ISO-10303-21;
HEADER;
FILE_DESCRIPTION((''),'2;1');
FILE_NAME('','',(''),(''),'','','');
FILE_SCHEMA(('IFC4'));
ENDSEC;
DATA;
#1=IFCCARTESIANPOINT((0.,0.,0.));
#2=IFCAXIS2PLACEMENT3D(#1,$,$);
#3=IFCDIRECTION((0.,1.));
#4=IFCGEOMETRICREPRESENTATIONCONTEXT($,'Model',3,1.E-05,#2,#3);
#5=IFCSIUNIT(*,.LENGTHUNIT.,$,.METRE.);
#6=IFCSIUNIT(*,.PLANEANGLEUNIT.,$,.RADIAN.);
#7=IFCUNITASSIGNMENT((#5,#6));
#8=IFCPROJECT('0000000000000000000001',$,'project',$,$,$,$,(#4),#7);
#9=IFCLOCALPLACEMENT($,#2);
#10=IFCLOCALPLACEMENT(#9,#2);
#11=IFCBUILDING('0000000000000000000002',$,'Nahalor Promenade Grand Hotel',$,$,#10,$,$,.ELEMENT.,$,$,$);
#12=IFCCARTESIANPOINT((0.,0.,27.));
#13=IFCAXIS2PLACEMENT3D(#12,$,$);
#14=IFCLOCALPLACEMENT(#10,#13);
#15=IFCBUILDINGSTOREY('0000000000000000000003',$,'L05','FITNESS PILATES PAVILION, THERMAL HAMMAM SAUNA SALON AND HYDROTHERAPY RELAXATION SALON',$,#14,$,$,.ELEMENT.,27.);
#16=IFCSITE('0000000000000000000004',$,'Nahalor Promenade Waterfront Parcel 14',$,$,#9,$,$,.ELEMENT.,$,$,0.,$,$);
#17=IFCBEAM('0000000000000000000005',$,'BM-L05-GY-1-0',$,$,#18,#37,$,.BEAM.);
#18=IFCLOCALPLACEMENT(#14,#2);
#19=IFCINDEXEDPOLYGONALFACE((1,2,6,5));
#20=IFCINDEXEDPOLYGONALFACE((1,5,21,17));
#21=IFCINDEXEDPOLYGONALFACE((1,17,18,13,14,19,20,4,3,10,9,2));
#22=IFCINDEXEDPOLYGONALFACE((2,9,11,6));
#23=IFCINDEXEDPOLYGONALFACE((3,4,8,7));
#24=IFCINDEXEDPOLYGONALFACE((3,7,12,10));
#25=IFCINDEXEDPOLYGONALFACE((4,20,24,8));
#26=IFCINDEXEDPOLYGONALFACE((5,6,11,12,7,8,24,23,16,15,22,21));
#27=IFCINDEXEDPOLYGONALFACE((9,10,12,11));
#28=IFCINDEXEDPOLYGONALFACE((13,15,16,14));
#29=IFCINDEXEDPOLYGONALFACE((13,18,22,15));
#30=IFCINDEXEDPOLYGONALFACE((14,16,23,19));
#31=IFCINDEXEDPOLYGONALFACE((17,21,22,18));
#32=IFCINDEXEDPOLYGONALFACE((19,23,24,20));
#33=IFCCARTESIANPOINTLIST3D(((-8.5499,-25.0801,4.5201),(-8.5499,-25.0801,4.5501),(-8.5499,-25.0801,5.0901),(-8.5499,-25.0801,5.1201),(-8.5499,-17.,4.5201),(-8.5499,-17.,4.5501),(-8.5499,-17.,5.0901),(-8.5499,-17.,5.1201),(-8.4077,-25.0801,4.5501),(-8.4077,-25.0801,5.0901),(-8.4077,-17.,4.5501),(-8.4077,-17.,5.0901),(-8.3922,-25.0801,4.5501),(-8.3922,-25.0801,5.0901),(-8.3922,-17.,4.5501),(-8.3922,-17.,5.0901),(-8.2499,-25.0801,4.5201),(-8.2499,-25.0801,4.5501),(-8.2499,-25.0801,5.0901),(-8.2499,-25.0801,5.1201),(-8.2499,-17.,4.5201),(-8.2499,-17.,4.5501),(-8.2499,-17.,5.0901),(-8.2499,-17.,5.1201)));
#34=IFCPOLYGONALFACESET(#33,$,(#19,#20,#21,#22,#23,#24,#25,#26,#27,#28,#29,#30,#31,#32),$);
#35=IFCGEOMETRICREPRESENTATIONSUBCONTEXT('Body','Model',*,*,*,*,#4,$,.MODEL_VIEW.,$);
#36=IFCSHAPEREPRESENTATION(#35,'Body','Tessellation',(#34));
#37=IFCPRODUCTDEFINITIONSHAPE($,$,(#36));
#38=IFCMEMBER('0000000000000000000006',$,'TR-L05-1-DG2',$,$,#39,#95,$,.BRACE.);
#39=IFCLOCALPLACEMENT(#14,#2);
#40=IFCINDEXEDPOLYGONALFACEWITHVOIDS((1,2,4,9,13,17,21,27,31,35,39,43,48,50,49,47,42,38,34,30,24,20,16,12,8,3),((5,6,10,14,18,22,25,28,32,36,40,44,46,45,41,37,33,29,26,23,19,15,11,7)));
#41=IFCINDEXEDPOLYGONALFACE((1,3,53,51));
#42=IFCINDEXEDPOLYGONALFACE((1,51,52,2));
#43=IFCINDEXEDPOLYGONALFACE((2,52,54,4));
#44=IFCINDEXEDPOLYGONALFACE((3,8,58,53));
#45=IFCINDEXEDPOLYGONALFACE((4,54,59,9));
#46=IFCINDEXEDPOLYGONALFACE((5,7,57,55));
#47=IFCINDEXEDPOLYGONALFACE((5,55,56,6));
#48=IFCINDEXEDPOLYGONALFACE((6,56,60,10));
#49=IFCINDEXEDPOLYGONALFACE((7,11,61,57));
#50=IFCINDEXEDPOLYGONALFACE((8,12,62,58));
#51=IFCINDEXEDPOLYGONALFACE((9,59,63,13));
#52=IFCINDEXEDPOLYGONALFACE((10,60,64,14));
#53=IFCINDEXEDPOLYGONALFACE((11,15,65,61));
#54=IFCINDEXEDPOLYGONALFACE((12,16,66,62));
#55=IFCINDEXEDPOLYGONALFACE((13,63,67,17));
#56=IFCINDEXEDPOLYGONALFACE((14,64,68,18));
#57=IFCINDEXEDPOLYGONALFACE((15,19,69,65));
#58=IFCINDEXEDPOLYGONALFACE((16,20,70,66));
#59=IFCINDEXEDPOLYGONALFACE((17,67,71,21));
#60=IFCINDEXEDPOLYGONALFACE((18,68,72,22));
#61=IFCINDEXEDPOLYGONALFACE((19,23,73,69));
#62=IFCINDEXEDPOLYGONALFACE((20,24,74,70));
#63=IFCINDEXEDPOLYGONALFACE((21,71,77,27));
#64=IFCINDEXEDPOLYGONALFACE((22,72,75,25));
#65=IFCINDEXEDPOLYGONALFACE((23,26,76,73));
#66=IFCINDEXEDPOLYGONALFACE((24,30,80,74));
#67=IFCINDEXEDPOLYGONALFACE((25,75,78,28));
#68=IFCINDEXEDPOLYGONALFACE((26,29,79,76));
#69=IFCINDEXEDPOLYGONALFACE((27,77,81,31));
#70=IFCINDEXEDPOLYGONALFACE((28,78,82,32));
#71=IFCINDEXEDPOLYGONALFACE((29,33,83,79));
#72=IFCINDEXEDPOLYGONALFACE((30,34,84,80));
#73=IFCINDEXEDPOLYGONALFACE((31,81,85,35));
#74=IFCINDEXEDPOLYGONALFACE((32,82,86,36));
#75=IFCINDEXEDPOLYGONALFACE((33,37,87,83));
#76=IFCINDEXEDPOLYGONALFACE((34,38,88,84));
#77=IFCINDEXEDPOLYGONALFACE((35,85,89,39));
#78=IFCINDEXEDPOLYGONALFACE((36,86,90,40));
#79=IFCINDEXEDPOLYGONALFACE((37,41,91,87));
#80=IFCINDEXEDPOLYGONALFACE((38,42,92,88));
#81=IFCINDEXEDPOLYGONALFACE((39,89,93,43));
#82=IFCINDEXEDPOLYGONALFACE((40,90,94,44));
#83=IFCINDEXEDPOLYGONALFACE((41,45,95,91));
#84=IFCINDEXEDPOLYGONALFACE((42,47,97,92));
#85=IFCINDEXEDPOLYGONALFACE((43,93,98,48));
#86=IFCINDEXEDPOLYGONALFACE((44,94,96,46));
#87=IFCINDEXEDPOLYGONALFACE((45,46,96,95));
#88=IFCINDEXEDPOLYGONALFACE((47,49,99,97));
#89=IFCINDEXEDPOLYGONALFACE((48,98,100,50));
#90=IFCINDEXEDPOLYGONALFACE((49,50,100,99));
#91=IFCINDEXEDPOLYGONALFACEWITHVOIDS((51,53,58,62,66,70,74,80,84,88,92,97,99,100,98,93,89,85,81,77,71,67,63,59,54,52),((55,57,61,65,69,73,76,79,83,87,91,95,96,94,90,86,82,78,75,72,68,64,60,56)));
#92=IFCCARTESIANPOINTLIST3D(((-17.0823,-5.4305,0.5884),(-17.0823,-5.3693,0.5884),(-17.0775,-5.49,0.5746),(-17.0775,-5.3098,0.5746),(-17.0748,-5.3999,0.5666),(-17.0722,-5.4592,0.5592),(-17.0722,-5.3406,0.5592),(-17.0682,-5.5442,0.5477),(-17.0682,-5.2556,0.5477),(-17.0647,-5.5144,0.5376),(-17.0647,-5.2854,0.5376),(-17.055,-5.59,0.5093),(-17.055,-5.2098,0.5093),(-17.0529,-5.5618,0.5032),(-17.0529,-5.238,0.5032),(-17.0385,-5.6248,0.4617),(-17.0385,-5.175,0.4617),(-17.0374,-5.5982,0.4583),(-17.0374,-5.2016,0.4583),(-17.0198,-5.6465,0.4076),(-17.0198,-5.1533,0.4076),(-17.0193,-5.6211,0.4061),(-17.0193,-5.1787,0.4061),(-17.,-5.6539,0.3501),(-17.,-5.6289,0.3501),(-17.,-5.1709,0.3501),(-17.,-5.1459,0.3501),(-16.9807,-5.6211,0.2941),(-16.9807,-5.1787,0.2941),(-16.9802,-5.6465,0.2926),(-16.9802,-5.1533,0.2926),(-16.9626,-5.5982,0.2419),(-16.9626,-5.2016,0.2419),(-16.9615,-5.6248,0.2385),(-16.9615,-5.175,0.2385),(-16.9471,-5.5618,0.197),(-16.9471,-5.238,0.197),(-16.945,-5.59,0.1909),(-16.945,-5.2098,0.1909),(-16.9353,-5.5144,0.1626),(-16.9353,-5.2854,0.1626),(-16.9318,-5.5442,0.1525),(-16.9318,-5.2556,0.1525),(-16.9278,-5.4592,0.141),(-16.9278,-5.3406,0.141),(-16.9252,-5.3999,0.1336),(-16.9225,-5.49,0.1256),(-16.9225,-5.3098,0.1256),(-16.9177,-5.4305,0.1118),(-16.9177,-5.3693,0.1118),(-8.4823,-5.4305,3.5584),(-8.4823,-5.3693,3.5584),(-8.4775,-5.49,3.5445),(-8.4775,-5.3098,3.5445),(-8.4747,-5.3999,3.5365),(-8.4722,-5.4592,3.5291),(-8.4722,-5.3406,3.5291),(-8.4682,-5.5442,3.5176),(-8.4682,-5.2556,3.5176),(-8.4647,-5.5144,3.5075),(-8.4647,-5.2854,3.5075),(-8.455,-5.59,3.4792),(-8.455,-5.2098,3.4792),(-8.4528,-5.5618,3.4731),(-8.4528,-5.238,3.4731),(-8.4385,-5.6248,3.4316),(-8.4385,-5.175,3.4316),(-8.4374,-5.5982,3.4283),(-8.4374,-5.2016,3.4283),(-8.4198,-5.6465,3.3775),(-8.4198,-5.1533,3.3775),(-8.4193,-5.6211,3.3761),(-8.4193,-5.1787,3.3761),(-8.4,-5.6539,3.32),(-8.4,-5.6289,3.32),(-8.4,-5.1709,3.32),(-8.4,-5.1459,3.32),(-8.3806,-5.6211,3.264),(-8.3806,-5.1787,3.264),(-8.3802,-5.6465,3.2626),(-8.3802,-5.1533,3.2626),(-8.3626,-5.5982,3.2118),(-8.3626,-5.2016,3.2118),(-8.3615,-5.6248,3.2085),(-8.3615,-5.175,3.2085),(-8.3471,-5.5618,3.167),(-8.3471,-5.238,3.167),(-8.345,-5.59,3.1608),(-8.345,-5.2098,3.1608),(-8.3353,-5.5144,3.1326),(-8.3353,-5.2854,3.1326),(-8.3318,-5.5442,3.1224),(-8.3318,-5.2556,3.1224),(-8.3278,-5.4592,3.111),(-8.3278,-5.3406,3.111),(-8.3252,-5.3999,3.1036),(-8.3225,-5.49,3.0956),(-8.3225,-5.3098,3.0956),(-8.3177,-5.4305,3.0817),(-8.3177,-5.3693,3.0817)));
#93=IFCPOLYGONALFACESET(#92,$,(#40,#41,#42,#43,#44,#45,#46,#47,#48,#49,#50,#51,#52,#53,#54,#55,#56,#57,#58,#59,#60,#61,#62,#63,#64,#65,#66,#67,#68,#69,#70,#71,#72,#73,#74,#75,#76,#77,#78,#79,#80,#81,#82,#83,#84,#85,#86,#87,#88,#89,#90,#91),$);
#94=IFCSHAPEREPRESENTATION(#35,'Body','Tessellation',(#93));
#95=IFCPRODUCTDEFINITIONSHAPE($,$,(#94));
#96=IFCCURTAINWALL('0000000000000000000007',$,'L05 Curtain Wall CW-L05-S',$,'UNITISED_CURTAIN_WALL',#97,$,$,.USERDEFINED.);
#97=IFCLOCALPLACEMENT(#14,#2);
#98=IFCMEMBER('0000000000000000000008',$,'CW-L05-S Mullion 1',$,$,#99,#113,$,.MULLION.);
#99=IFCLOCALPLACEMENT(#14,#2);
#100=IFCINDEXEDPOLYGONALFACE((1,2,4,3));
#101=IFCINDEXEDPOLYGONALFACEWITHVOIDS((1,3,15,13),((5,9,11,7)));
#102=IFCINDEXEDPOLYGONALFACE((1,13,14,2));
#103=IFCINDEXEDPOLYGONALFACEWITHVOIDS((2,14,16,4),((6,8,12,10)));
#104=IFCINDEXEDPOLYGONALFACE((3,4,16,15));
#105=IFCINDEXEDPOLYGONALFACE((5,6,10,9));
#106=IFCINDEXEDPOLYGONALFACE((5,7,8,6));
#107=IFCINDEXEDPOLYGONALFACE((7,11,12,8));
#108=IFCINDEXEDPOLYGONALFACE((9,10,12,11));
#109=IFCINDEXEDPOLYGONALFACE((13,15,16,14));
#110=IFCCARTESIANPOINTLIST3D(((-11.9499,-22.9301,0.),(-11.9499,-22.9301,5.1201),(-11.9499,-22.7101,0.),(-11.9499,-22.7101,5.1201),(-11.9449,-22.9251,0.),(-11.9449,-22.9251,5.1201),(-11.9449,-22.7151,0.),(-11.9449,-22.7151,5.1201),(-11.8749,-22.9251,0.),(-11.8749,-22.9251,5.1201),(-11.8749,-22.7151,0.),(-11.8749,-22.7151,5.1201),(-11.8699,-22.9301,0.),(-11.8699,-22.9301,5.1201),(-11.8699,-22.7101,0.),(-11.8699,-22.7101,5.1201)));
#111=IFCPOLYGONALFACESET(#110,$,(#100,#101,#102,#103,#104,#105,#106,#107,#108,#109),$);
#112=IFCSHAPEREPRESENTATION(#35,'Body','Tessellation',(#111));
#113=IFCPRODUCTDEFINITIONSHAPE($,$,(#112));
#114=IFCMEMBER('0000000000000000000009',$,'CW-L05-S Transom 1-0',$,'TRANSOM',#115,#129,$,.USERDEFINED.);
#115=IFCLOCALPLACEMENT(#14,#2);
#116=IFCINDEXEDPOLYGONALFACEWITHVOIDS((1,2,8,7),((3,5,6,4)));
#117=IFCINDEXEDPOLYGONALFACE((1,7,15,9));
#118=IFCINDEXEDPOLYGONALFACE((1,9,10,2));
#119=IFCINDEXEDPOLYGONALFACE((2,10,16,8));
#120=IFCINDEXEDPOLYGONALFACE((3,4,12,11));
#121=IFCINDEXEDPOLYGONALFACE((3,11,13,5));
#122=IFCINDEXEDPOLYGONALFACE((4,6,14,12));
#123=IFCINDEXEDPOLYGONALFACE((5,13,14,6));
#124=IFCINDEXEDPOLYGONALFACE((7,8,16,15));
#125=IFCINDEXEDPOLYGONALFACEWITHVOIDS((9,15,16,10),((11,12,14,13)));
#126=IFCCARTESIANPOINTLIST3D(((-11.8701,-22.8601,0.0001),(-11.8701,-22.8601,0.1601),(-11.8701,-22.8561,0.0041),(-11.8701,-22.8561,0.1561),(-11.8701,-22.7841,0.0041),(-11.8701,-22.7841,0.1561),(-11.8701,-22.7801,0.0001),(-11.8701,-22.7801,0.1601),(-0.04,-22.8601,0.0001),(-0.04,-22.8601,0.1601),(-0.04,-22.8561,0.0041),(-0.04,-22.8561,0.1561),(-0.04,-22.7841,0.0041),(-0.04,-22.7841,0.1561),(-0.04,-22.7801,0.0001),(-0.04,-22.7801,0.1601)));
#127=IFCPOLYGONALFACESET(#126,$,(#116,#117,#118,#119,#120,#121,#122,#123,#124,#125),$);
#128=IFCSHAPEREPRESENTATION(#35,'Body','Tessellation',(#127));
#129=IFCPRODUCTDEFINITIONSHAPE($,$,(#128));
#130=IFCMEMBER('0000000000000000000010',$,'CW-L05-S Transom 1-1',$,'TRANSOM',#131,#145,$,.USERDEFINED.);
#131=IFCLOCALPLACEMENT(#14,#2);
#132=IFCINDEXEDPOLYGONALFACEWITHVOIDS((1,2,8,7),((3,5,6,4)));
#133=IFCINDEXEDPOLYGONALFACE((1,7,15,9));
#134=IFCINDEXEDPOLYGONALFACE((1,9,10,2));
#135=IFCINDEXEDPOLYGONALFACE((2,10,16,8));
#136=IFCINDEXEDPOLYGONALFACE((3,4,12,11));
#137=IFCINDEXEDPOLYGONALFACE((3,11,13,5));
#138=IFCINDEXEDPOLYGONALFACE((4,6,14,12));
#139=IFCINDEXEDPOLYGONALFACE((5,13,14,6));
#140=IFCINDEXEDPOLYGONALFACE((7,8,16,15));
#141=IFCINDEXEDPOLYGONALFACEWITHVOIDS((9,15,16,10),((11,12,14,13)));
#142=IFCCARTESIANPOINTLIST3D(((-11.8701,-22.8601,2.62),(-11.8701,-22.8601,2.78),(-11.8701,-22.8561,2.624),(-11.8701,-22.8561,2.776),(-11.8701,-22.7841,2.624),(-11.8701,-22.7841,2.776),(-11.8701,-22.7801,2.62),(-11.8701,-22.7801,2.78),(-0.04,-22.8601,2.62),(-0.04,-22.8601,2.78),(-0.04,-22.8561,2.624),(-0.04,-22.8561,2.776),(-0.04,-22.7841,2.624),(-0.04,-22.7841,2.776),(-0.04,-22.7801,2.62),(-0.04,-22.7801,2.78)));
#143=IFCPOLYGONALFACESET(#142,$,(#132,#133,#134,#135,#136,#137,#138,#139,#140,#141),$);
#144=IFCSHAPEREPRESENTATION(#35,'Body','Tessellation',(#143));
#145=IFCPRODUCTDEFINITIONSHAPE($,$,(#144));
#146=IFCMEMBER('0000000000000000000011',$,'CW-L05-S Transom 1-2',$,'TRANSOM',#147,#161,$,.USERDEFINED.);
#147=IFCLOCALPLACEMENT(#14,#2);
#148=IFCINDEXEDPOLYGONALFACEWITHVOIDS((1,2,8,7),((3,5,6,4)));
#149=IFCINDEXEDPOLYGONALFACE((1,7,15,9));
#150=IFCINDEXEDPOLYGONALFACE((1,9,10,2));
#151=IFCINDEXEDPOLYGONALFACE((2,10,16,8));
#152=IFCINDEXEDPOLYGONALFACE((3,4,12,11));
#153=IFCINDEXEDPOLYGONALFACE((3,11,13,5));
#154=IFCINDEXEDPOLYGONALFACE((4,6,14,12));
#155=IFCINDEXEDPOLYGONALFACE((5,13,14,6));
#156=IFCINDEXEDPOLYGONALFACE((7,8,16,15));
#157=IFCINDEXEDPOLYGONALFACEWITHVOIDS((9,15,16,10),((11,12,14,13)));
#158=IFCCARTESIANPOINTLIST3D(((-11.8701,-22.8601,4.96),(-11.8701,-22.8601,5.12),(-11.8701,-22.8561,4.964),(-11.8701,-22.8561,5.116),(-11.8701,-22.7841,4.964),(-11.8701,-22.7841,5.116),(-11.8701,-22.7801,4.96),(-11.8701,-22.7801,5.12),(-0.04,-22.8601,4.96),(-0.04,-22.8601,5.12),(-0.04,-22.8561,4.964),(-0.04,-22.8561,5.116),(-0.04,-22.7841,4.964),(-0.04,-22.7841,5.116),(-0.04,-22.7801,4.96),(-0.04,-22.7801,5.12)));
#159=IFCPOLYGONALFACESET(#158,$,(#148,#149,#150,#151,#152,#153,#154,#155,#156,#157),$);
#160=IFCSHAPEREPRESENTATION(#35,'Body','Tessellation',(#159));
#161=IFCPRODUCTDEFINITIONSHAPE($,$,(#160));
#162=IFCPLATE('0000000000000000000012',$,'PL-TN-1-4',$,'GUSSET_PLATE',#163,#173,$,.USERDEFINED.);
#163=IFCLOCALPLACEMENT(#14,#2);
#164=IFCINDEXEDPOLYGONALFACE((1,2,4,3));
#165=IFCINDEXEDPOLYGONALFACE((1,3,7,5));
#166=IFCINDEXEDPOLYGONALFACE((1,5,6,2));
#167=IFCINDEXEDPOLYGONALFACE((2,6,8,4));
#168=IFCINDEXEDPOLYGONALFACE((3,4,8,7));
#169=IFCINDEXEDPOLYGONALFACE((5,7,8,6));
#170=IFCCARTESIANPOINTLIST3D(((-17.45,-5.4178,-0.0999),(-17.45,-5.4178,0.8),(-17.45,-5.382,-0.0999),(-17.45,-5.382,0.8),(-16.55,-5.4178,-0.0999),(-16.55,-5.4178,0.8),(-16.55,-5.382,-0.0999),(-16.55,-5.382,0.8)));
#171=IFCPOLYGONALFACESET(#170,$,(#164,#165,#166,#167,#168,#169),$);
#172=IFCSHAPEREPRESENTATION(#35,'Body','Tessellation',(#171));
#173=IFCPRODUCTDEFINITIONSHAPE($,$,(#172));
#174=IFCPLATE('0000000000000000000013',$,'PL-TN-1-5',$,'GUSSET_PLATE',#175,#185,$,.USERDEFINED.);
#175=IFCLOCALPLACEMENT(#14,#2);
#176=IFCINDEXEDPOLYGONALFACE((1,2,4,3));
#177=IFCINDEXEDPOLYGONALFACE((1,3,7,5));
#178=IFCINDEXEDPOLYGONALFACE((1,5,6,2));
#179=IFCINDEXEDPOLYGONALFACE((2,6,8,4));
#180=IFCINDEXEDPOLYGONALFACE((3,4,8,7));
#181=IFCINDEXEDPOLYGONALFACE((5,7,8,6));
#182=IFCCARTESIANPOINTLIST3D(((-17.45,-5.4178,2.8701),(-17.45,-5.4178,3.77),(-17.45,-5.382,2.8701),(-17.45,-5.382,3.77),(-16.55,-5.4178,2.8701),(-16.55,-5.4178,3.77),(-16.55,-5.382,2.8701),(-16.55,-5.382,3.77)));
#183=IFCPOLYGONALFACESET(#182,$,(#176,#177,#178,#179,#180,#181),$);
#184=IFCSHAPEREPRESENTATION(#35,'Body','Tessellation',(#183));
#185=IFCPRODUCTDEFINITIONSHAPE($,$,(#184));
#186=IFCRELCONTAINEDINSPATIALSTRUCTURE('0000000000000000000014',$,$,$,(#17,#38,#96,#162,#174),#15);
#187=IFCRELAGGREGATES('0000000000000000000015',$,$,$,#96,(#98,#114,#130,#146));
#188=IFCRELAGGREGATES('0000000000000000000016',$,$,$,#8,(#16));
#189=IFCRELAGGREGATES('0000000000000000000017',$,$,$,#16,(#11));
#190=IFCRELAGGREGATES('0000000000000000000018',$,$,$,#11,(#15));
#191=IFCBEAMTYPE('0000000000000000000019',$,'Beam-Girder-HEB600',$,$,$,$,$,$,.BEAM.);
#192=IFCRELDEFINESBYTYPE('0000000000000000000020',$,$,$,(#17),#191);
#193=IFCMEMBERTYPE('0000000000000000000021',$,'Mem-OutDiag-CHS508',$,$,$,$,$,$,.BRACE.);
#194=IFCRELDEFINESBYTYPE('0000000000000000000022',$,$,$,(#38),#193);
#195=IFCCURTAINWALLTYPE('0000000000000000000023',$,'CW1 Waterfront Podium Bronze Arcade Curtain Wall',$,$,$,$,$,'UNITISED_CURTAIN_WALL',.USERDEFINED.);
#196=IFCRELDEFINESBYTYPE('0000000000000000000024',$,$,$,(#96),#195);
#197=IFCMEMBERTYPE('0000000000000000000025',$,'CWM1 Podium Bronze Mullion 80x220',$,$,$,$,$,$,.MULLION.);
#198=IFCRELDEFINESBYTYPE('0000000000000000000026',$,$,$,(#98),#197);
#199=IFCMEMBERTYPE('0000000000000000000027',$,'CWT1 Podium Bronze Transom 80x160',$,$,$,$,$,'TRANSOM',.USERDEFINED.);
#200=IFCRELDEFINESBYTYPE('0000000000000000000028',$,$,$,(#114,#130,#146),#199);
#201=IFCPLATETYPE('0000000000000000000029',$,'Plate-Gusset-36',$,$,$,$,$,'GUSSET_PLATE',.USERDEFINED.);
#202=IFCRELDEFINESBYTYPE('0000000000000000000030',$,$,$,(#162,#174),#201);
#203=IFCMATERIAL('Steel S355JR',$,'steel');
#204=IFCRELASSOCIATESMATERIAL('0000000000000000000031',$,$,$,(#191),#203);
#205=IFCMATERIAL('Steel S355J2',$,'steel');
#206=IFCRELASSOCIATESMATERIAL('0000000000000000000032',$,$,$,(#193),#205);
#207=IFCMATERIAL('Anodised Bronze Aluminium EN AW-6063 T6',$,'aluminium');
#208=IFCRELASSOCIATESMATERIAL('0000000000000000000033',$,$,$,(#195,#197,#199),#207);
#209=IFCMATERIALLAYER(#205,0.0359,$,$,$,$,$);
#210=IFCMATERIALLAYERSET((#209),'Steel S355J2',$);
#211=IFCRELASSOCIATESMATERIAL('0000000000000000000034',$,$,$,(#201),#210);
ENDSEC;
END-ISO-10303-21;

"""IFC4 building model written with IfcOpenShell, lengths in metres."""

from ifc_helpers import new_model, si_unit, direction, frame, origin, origin_2d, place, context, subcontext, project, spatial, rectangle, hollow_rectangle, hollow_circle, i_section, extrude, source, transform, mapped, material, layer, layer_set, material_profile, profile_set, type_object, element, aggregate, save


model = new_model("IFC4")

# Units and contexts
model_context = context("Model", 3, precision=1e-05, world=origin(), true_north=direction((0.0, 1.0)))
body_context = subcontext(model_context, "Body", "Model", "MODEL_VIEW")
ifc_project = project(units=[si_unit("LENGTHUNIT", "METRE"), si_unit("PLANEANGLEUNIT", "RADIAN")], contexts=[model_context])

# Site, building, storey
site_placement = place(None, origin())
site = spatial("IfcSite", under=ifc_project, at=site_placement, Name="Nahalor Promenade Waterfront Parcel 14", CompositionType="ELEMENT", RefElevation=0.0)
building_placement = place(site_placement, origin())
building = spatial("IfcBuilding", under=site, at=building_placement, Name="Nahalor Promenade Grand Hotel", CompositionType="ELEMENT")
storey_placement = place(building_placement, frame((0.0, 0.0, 27.0)))
storey = spatial("IfcBuildingStorey", under=building, at=storey_placement, Name="L05", Description="FITNESS PILATES PAVILION, THERMAL HAMMAM SAUNA SALON AND HYDROTHERAPY RELAXATION SALON", CompositionType="ELEMENT", Elevation=27.0)

# Shared definitions
ifc_material_1 = material(Name="Steel S355J2", Category="steel")

# Beam
ifc_material_2 = material(Name="Steel S355JR", Category="steel")
ifc_material_profile_1 = material_profile(ifc_material_2, i_section(OverallWidth=0.3, OverallDepth=0.6, WebThickness=0.0155, FlangeThickness=0.03, at=origin_2d()), Name="HEB 600")
ifc_profile_set_1 = profile_set([ifc_material_profile_1], Name="Steel S355JR")
beam_type_1 = type_object("IfcBeamType", Name="Beam-Girder-HEB600", PredefinedType="BEAM", material=ifc_profile_set_1)
shared_shape_1 = source(origin(), body_context, "Body", "SweptSolid", [
    extrude(i_section(OverallWidth=0.3, OverallDepth=0.6, WebThickness=0.0155, FlangeThickness=0.03, at=origin_2d()), origin(), (0.0, 0.0, 1.0), 8.0801),
])
beam_1_placement = place(storey_placement, frame((-8.3999, -25.0801, 4.8201), z_axis=(0.0, 1.0, 0.0), x_axis=(-1.0, 0.0, 0.0)))
element("IfcBeam", 1, at=beam_1_placement, inside=storey, type_object=beam_type_1, Name="BM-L05-GY-1-0", PredefinedType="BEAM", context=body_context, shape_type="MappedRepresentation", body=[
    mapped(shared_shape_1, transform((0.0, 0.0, 0.0), scale=1.0)),
])

# Member
ifc_material_profile_2 = material_profile(ifc_material_1, hollow_circle(Radius=0.254, WallThickness=0.025, at=origin_2d()), Name="CHS 508x25")
ifc_profile_set_2 = profile_set([ifc_material_profile_2], Name="Steel S355J2")
member_type_1 = type_object("IfcMemberType", Name="Mem-OutDiag-CHS508", PredefinedType="BRACE", material=ifc_profile_set_2)
shared_shape_2 = source(origin(), body_context, "Body", "SweptSolid", [
    extrude(hollow_circle(Radius=0.254, WallThickness=0.025, at=origin_2d()), origin(), (0.0, 0.0, 1.0), 9.0984),
])
member_1_placement = place(storey_placement, frame((-17.0, -5.3999, 0.3501), z_axis=(0.945223, 0.0, 0.326425), x_axis=(0.0, 1.0, 0.0)))
element("IfcMember", 2, at=member_1_placement, inside=storey, type_object=member_type_1, Name="TR-L05-1-DG2", PredefinedType="BRACE", context=body_context, shape_type="MappedRepresentation", body=[
    mapped(shared_shape_2, transform((0.0, 0.0, 0.0), scale=1.0)),
])

# Curtain wall, members
ifc_material_3 = material(Name="Anodised Bronze Aluminium EN AW-6063 T6", Category="aluminium")
curtain_wall_type = type_object("IfcCurtainWallType", Name="CW1 Waterfront Podium Bronze Arcade Curtain Wall", ElementType="UNITISED_CURTAIN_WALL", PredefinedType="USERDEFINED", material=ifc_material_3)
curtain_wall_placement = place(storey_placement, origin())
curtain_wall = element("IfcCurtainWall", 3, at=curtain_wall_placement, inside=storey, type_object=curtain_wall_type, Name="L05 Curtain Wall CW-L05-S", ObjectType="UNITISED_CURTAIN_WALL", PredefinedType="USERDEFINED")
ifc_material_profile_3 = material_profile(ifc_material_3, hollow_rectangle(XDim=0.08, YDim=0.22, WallThickness=0.005, at=origin_2d()), Name="CWM 80x220x5")
ifc_profile_set_3 = profile_set([ifc_material_profile_3], Name="Anodised Bronze Aluminium EN AW-6063 T6")
member_type_2 = type_object("IfcMemberType", Name="CWM1 Podium Bronze Mullion 80x220", PredefinedType="MULLION", material=ifc_profile_set_3)
shared_shape_3 = source(origin(), body_context, "Body", "SweptSolid", [
    extrude(hollow_rectangle(XDim=0.08, YDim=0.22, WallThickness=0.005, at=origin_2d()), origin(), (0.0, 0.0, 1.0), 5.1201),
])
member_2_placement = place(storey_placement, frame((-11.9099, -22.8201, 0.0), z_axis=(0.0, 0.0, 1.0), x_axis=(1.0, 0.0, 0.0)))
member_2 = element("IfcMember", 4, at=member_2_placement, type_object=member_type_2, Name="CW-L05-S Mullion 1", PredefinedType="MULLION", context=body_context, shape_type="MappedRepresentation", body=[
    mapped(shared_shape_3, transform((0.0, 0.0, 0.0), scale=1.0)),
])
ifc_material_profile_4 = material_profile(ifc_material_3, hollow_rectangle(XDim=0.08, YDim=0.16, WallThickness=0.004, at=origin_2d()), Name="CWT 80x160x4")
ifc_profile_set_4 = profile_set([ifc_material_profile_4], Name="Anodised Bronze Aluminium EN AW-6063 T6")
member_type_3 = type_object("IfcMemberType", Name="CWT1 Podium Bronze Transom 80x160", ElementType="TRANSOM", PredefinedType="USERDEFINED", material=ifc_profile_set_4)
shared_shape_4 = source(origin(), body_context, "Body", "SweptSolid", [
    extrude(hollow_rectangle(XDim=0.08, YDim=0.16, WallThickness=0.004, at=origin_2d()), origin(), (0.0, 0.0, 1.0), 11.8301),
])
member_3_placement = place(storey_placement, frame((-11.8701, -22.8201, 0.0801), z_axis=(1.0, 0.0, 0.0), x_axis=(0.0, 1.0, 0.0)))
member_3 = element("IfcMember", 5, at=member_3_placement, type_object=member_type_3, Name="CW-L05-S Transom 1-0", ObjectType="TRANSOM", PredefinedType="USERDEFINED", context=body_context, shape_type="MappedRepresentation", body=[
    mapped(shared_shape_4, transform((0.0, 0.0, 0.0), scale=1.0)),
])
member_4_placement = place(storey_placement, frame((-11.8701, -22.8201, 2.7), z_axis=(1.0, 0.0, 0.0), x_axis=(0.0, 1.0, 0.0)))
member_4 = element("IfcMember", 6, at=member_4_placement, type_object=member_type_3, Name="CW-L05-S Transom 1-1", ObjectType="TRANSOM", PredefinedType="USERDEFINED", context=body_context, shape_type="MappedRepresentation", body=[
    mapped(shared_shape_4, transform((0.0, 0.0, 0.0), scale=1.0)),
])
member_5_placement = place(storey_placement, frame((-11.8701, -22.8201, 5.04), z_axis=(1.0, 0.0, 0.0), x_axis=(0.0, 1.0, 0.0)))
member_5 = element("IfcMember", 7, at=member_5_placement, type_object=member_type_3, Name="CW-L05-S Transom 1-2", ObjectType="TRANSOM", PredefinedType="USERDEFINED", context=body_context, shape_type="MappedRepresentation", body=[
    mapped(shared_shape_4, transform((0.0, 0.0, 0.0), scale=1.0)),
])

# Plates
ifc_layer_1 = layer(ifc_material_1, 0.0359)
ifc_layer_set_1 = layer_set([ifc_layer_1], Name="Steel S355J2")
plate_type_1 = type_object("IfcPlateType", Name="Plate-Gusset-36", ElementType="GUSSET_PLATE", PredefinedType="USERDEFINED", material=ifc_layer_set_1)
shared_shape_5 = source(origin(), body_context, "Body", "SweptSolid", [
    extrude(rectangle(XDim=0.8999, YDim=0.0359, at=origin_2d()), origin(), (0.0, 0.0, 1.0), 0.8999),
])
for number, where, z_axis, x_axis, name in (
    (8, (-17.0, -5.3999, -0.0999), (0.0, 0.0, 1.0), (1.0, 0.0, 0.0), "PL-TN-1-4"),
    (9, (-17.0, -5.3999, 2.8701), (0.0, 0.0, 1.0), (1.0, 0.0, 0.0), "PL-TN-1-5"),
):
    element("IfcPlate", number, at=place(storey_placement, frame(where, z_axis=z_axis, x_axis=x_axis)), inside=storey, type_object=plate_type_1, Name=name, ObjectType="GUSSET_PLATE", PredefinedType="USERDEFINED", context=body_context, shape_type="MappedRepresentation", body=[
        mapped(shared_shape_5, transform((0.0, 0.0, 0.0), scale=1.0)),
    ])

aggregate(curtain_wall, [member_2, member_3, member_4, member_5])

save(model, "model.ifc")
